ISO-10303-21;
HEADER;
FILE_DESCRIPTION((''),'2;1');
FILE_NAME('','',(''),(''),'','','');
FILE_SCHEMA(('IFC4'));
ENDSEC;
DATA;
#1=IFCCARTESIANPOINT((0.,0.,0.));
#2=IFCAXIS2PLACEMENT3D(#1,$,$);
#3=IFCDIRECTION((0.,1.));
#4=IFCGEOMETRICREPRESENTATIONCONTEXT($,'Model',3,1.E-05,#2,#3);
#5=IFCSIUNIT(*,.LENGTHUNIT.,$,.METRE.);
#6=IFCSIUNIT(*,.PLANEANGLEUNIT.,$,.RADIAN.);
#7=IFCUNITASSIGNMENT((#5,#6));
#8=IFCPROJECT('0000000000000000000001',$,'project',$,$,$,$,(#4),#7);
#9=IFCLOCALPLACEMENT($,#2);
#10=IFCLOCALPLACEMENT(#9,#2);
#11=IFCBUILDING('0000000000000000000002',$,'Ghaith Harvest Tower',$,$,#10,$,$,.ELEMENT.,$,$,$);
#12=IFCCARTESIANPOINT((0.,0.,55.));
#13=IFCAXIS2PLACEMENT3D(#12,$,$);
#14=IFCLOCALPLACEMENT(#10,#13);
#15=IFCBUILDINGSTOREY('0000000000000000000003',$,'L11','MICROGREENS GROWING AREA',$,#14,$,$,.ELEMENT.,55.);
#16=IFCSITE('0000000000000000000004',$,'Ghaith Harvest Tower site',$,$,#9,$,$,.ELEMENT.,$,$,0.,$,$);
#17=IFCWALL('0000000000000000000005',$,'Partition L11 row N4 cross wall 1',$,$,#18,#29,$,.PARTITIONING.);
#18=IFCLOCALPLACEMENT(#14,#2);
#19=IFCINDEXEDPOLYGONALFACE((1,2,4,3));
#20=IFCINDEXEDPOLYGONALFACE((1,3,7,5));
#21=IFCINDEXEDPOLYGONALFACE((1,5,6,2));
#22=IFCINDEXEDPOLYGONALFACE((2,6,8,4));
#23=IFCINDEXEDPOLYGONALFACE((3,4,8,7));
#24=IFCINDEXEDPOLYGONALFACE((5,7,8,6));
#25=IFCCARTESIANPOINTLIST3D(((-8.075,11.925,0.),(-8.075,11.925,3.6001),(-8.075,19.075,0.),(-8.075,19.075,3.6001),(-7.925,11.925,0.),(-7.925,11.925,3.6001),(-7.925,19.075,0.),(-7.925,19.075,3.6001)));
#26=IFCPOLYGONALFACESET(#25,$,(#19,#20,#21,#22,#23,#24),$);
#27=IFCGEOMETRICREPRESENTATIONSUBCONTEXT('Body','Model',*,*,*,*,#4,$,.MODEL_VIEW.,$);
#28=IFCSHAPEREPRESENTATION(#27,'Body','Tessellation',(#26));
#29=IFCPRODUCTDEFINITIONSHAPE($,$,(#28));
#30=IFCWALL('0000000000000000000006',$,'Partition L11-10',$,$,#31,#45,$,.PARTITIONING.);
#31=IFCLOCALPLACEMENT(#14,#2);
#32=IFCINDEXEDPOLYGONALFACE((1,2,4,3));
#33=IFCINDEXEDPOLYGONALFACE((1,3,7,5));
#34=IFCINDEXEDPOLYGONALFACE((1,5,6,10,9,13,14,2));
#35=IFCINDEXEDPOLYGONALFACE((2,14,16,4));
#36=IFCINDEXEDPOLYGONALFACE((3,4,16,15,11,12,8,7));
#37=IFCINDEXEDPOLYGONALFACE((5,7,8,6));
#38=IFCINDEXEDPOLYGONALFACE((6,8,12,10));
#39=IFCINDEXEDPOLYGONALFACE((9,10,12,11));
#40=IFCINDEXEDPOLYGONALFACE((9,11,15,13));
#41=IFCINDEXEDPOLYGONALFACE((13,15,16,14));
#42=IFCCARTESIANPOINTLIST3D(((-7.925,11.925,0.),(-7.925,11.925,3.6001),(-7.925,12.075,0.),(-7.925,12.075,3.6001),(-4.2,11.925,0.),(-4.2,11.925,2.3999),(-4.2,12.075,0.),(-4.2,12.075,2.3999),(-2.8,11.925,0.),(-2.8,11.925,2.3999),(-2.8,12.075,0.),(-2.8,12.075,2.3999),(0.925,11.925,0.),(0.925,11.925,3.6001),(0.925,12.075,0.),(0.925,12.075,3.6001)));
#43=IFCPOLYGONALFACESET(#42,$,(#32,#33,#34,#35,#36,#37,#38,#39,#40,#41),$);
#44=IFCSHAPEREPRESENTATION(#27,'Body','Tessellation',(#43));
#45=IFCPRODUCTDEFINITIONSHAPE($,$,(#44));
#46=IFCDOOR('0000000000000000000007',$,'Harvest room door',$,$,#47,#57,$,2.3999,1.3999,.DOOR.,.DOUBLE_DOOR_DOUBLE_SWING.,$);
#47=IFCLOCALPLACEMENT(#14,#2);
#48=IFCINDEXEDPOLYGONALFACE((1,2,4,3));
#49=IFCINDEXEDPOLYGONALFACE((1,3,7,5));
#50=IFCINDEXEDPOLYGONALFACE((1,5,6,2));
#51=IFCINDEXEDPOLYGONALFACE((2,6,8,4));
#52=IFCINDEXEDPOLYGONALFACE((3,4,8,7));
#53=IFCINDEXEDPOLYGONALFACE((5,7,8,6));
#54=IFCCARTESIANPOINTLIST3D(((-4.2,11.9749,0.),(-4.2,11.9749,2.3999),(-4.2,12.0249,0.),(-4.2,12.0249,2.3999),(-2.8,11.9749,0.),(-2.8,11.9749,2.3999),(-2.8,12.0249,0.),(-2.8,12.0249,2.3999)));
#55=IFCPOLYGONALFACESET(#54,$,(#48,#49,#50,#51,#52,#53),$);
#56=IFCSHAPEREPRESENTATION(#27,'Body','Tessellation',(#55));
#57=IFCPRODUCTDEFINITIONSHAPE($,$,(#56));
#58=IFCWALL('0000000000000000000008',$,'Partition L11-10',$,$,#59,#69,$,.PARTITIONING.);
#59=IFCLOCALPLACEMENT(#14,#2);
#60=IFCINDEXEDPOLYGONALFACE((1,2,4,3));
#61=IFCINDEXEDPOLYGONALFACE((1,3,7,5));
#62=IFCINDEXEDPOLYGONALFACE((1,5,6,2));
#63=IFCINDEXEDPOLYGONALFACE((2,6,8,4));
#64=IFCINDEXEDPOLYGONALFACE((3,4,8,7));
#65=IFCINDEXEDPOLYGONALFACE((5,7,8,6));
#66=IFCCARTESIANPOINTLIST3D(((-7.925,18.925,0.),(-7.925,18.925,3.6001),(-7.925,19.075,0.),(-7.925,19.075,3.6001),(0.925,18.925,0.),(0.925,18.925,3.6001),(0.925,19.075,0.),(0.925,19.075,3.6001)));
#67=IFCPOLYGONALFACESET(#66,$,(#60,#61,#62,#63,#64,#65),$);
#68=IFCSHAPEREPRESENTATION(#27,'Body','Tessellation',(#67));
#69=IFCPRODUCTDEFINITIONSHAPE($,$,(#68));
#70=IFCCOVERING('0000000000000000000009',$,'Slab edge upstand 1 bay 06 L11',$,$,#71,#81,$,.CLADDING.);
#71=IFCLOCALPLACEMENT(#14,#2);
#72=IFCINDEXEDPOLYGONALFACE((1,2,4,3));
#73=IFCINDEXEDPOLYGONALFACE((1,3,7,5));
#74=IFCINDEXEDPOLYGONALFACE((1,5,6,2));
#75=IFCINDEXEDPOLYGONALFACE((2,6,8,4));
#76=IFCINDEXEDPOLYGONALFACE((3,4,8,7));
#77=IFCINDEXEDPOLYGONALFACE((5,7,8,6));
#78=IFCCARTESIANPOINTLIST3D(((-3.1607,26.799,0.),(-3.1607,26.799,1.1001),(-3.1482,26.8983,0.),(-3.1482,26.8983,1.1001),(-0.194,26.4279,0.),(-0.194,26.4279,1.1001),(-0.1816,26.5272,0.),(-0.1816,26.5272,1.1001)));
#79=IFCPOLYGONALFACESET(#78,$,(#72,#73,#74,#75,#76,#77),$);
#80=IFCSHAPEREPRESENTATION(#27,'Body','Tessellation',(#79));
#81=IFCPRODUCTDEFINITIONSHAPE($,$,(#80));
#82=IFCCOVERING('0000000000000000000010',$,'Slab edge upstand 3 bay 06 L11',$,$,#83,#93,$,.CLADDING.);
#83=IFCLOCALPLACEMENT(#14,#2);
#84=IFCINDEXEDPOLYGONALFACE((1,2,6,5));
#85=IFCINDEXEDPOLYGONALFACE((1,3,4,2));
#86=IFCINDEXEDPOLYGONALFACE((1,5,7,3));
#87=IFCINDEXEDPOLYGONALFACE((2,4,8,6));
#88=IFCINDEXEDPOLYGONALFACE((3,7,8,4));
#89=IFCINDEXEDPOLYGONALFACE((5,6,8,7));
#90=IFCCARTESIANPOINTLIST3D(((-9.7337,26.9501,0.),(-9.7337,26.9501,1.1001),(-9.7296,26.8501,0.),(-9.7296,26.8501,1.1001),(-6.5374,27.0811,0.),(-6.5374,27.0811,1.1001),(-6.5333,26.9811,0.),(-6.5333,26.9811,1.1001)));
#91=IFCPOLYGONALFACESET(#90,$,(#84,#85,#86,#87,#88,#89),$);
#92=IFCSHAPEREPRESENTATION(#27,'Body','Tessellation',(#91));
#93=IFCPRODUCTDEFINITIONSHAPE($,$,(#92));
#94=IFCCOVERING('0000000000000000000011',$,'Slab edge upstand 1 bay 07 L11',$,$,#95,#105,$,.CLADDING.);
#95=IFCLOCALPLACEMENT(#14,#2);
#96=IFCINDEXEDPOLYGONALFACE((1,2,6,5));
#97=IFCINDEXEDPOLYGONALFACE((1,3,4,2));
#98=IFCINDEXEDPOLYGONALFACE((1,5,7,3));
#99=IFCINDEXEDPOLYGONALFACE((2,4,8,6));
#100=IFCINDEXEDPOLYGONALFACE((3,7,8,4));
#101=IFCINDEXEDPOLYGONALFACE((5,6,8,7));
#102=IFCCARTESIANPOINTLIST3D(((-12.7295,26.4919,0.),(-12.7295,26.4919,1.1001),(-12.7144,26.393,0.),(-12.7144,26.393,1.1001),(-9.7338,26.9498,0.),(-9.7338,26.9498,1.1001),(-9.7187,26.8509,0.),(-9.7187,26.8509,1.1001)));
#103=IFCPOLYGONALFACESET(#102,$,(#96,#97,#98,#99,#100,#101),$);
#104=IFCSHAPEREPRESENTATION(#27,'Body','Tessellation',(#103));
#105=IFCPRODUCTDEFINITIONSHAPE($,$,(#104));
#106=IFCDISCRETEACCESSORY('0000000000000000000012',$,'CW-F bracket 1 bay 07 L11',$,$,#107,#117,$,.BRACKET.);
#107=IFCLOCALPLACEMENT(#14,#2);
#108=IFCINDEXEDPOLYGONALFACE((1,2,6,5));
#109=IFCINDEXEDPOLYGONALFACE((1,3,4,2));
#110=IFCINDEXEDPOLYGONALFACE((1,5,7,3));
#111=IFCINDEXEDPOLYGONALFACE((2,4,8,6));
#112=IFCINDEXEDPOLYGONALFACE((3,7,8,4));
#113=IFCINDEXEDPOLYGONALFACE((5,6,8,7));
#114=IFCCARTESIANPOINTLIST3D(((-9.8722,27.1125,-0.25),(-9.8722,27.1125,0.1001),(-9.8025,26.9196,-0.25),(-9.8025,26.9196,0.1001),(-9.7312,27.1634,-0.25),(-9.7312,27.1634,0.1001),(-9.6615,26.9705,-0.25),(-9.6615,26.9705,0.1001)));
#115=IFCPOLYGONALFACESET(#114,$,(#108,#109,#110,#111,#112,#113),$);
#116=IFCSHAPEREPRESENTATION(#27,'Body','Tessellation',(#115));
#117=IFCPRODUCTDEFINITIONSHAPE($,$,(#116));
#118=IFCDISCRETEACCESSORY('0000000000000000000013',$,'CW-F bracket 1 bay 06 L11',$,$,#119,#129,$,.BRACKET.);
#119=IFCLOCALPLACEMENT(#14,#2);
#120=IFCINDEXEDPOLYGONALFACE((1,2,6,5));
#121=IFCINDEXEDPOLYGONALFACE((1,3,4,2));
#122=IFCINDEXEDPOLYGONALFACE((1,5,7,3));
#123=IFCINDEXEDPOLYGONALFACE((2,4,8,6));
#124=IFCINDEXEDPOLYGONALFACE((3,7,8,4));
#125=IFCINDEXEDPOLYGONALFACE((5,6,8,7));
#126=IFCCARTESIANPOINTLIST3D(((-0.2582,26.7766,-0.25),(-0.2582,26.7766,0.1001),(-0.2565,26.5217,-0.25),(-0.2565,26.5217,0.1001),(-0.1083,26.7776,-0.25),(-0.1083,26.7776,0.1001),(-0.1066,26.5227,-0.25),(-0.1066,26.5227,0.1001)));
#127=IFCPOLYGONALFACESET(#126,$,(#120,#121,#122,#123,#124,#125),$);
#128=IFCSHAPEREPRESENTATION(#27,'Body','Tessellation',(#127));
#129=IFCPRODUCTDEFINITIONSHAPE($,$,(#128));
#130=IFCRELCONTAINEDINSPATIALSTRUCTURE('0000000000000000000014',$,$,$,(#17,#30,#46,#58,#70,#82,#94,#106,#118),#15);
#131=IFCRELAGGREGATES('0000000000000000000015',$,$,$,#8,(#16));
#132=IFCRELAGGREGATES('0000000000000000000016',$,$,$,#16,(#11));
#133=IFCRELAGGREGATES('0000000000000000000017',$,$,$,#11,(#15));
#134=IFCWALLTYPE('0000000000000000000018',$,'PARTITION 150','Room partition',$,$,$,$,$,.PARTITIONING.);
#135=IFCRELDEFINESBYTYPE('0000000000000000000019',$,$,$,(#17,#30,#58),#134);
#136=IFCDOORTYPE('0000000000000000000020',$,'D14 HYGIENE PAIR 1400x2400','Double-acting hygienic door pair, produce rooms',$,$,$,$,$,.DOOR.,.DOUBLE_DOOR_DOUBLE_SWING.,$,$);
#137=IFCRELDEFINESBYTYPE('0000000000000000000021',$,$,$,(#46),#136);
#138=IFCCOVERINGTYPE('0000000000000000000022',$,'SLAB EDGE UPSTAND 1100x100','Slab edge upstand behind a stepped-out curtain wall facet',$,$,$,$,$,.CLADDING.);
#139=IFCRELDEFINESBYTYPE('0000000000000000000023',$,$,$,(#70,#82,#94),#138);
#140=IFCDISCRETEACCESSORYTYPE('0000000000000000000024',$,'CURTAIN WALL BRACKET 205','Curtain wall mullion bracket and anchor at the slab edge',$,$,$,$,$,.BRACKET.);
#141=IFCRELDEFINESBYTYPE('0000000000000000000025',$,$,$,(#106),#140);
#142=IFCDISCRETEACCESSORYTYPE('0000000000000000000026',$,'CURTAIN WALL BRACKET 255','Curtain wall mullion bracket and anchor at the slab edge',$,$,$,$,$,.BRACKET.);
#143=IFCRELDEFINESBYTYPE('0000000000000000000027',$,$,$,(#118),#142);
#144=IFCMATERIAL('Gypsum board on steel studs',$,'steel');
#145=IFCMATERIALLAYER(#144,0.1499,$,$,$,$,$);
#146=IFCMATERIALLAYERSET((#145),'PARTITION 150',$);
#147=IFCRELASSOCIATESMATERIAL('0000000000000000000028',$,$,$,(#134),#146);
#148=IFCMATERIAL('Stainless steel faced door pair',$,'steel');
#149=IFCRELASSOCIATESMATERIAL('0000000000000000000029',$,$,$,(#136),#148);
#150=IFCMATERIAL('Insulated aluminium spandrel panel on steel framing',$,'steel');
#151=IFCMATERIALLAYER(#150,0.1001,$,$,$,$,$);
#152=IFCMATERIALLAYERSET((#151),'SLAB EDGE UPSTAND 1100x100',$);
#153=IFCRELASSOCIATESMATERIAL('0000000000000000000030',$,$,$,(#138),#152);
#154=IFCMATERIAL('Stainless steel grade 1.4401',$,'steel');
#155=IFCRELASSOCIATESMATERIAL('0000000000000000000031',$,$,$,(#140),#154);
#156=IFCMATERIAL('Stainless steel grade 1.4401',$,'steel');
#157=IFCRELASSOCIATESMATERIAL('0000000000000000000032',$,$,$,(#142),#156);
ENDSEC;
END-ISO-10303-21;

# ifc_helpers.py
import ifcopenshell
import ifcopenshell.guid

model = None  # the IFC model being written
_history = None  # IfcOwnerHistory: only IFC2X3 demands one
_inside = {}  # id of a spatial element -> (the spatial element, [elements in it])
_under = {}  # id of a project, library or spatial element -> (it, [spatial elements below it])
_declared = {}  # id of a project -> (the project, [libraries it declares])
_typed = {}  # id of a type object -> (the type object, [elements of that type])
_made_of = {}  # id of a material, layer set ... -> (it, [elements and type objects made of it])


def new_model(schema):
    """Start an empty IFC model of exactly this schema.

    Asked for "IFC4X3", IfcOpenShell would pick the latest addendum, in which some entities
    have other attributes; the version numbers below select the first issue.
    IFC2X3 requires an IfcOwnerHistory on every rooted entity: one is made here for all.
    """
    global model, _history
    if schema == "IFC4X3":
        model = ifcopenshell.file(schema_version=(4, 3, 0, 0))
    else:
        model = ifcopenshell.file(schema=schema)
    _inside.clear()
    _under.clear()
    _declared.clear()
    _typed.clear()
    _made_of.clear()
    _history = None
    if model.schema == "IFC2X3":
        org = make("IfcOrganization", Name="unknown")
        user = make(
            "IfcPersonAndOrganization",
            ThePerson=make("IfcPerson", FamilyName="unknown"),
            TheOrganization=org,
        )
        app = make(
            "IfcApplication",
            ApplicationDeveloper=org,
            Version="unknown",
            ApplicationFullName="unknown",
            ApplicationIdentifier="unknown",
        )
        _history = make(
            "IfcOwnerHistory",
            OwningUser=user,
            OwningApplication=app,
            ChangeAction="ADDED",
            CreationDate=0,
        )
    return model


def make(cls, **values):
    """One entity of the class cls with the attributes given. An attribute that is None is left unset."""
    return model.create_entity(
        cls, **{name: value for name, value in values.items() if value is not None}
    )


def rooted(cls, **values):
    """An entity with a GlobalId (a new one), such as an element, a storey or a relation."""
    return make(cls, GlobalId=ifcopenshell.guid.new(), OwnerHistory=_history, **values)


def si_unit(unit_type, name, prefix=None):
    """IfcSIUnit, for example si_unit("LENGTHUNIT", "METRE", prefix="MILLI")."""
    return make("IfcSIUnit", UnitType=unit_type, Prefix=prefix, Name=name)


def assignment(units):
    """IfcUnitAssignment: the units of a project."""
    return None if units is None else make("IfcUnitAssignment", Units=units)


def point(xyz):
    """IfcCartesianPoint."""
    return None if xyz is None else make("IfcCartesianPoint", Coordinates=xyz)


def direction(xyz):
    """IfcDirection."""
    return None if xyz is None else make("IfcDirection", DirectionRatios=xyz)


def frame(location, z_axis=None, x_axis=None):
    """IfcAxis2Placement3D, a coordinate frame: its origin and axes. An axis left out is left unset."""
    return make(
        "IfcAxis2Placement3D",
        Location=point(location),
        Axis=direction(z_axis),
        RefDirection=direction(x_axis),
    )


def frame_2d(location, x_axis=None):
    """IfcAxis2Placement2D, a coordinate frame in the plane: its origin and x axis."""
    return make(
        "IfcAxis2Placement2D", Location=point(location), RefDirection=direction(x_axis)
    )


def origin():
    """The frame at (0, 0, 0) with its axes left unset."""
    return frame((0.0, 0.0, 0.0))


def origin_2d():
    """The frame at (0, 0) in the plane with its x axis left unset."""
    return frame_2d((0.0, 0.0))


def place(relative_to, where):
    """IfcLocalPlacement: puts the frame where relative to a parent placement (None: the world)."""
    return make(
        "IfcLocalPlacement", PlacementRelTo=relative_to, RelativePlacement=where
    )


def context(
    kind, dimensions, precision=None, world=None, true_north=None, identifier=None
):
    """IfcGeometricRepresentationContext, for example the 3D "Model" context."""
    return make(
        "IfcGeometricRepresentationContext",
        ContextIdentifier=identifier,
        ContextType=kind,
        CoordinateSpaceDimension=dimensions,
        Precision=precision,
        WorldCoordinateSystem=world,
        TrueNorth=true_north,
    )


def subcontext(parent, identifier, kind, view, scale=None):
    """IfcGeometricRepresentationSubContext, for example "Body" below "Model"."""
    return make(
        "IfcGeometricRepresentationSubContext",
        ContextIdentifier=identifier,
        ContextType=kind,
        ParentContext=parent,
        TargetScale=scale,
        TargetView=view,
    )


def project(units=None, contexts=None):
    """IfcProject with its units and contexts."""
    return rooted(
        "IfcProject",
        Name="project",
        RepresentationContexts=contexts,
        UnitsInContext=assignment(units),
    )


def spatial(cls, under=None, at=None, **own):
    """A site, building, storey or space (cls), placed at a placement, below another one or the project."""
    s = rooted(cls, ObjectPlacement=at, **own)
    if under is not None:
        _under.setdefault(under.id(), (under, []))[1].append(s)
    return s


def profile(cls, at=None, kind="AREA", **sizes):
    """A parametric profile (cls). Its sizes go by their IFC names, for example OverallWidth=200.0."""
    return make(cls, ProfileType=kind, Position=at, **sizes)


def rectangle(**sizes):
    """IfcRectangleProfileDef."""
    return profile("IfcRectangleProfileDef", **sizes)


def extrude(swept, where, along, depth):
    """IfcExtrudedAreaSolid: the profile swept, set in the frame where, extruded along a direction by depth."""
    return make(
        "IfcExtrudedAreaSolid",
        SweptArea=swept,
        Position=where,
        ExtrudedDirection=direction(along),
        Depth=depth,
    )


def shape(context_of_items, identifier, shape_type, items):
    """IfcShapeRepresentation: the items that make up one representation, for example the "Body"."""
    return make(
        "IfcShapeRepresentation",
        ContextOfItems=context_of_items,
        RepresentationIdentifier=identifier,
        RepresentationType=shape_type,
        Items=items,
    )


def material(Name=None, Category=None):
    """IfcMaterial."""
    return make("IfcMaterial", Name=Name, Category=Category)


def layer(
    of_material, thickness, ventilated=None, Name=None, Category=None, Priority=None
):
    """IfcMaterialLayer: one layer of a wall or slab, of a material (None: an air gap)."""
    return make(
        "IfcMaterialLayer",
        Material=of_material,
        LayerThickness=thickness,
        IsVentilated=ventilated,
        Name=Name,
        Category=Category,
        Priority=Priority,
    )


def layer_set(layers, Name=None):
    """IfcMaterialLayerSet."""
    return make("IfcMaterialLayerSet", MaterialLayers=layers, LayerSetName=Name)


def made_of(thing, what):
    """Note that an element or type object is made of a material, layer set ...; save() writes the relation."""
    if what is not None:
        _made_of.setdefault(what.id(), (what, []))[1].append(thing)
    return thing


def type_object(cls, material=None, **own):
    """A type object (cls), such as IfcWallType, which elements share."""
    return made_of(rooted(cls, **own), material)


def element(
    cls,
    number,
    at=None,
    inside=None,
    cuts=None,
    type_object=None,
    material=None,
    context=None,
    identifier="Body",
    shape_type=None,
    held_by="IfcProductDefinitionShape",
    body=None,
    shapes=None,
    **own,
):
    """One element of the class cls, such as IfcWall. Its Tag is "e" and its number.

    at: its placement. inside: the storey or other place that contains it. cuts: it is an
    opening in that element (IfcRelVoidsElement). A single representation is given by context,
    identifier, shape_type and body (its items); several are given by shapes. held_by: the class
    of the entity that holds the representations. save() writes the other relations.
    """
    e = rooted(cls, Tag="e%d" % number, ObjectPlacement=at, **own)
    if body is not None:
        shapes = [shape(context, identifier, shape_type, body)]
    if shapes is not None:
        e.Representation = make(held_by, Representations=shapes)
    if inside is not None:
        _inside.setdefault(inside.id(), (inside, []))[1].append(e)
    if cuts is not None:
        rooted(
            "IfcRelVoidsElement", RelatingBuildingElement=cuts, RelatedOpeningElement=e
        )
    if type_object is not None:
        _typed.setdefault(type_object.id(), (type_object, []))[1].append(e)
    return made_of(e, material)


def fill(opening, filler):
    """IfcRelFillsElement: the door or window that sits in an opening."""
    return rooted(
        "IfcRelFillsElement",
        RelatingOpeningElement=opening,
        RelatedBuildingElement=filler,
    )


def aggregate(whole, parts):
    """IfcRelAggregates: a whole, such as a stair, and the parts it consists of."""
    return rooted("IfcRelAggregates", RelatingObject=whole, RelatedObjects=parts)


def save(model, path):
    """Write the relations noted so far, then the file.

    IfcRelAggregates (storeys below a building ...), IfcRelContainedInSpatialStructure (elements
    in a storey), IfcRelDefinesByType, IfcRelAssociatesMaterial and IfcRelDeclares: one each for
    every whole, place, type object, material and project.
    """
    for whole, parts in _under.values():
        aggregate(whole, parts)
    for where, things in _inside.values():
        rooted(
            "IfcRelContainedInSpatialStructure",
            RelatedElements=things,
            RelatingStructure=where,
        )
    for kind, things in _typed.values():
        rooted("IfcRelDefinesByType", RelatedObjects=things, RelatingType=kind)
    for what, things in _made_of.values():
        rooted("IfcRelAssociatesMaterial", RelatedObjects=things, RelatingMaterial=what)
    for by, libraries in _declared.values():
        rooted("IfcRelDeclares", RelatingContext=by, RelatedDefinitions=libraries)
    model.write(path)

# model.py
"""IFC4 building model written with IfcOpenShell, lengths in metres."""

from ifc_helpers import new_model, si_unit, direction, frame, frame_2d, origin, origin_2d, place, context, subcontext, project, spatial, rectangle, extrude, material, layer, layer_set, type_object, element, fill, save


model = new_model("IFC4")

# Units and contexts
model_context = context("Model", 3, precision=1e-05, world=origin(), true_north=direction((0.0, 1.0)))
body_context = subcontext(model_context, "Body", "Model", "MODEL_VIEW")
ifc_project = project(units=[si_unit("LENGTHUNIT", "METRE"), si_unit("PLANEANGLEUNIT", "RADIAN")], contexts=[model_context])

# Site, building, storey
site_placement = place(None, origin())
site = spatial("IfcSite", under=ifc_project, at=site_placement, Name="Ghaith Harvest Tower site", CompositionType="ELEMENT", RefElevation=0.0)
building_placement = place(site_placement, origin())
building = spatial("IfcBuilding", under=site, at=building_placement, Name="Ghaith Harvest Tower", CompositionType="ELEMENT")
storey_placement = place(building_placement, frame((0.0, 0.0, 55.0)))
storey = spatial("IfcBuildingStorey", under=building, at=storey_placement, Name="L11", Description="MICROGREENS GROWING AREA", CompositionType="ELEMENT", Elevation=55.0)

# Wall
ifc_material_1 = material(Name="Gypsum board on steel studs", Category="steel")
ifc_layer_1 = layer(ifc_material_1, 0.1499)
ifc_layer_set_1 = layer_set([ifc_layer_1], Name="PARTITION 150")
wall_type = type_object("IfcWallType", Name="PARTITION 150", Description="Room partition", PredefinedType="PARTITIONING", material=ifc_layer_set_1)
wall_1_placement = place(storey_placement, frame((-8.0, 11.925, 0.0), z_axis=(0.0, 0.0, 1.0), x_axis=(0.0, 1.0, 0.0)))
element("IfcWall", 1, at=wall_1_placement, inside=storey, type_object=wall_type, Name="Partition L11 row N4 cross wall 1", PredefinedType="PARTITIONING", context=body_context, shape_type="SweptSolid", body=[
    extrude(rectangle(XDim=7.1499, YDim=0.1499, at=frame_2d((3.575, 0.0))), origin(), (0.0, 0.0, 1.0), 3.6001),
])

# Wall, opening, door
wall_2_placement = place(storey_placement, frame((-7.925, 12.0, 0.0), z_axis=(0.0, 0.0, 1.0), x_axis=(1.0, 0.0, 0.0)))
wall_2 = element("IfcWall", 2, at=wall_2_placement, inside=storey, type_object=wall_type, Name="Partition L11-10", PredefinedType="PARTITIONING", context=body_context, shape_type="SweptSolid", body=[
    extrude(rectangle(XDim=8.8501, YDim=0.1499, at=frame_2d((4.425, 0.0))), origin(), (0.0, 0.0, 1.0), 3.6001),
])
opening_placement = place(wall_2_placement, frame((3.7251, 0.0, 0.0)))
opening = element("IfcOpeningElement", 3, at=opening_placement, cuts=wall_2, PredefinedType="OPENING", context=body_context, shape_type="SweptSolid", body=[
    extrude(rectangle(XDim=1.3999, YDim=2.3999, at=frame_2d((0.7, 1.2))), frame((0.0, 0.085, 0.0), z_axis=(0.0, -1.0, 0.0), x_axis=(1.0, 0.0, 0.0)), (0.0, 0.0, 1.0), 0.1699),
])
ifc_material_2 = material(Name="Stainless steel faced door pair", Category="steel")
door_type = type_object("IfcDoorType", Name="D14 HYGIENE PAIR 1400x2400", Description="Double-acting hygienic door pair, produce rooms", OperationType="DOUBLE_DOOR_DOUBLE_SWING", PredefinedType="DOOR", material=ifc_material_2)
door_placement = place(opening_placement, origin())
door = element("IfcDoor", 4, at=door_placement, inside=storey, type_object=door_type, Name="Harvest room door", OperationType="DOUBLE_DOOR_DOUBLE_SWING", OverallHeight=2.3999, OverallWidth=1.3999, PredefinedType="DOOR", context=body_context, shape_type="SweptSolid", body=[
    extrude(rectangle(XDim=1.3999, YDim=2.3999, at=frame_2d((0.7, 1.2))), frame((0.0, 0.0249, 0.0), z_axis=(0.0, -1.0, 0.0), x_axis=(1.0, 0.0, 0.0)), (0.0, 0.0, 1.0), 0.05),
])
fill(opening, door)

# Wall
wall_3_placement = place(storey_placement, frame((-7.925, 19.0, 0.0), z_axis=(0.0, 0.0, 1.0), x_axis=(1.0, 0.0, 0.0)))
element("IfcWall", 5, at=wall_3_placement, inside=storey, type_object=wall_type, Name="Partition L11-10", PredefinedType="PARTITIONING", context=body_context, shape_type="SweptSolid", body=[
    extrude(rectangle(XDim=8.8501, YDim=0.1499, at=frame_2d((4.425, 0.0))), origin(), (0.0, 0.0, 1.0), 3.6001),
])

# Coverings
ifc_material_3 = material(Name="Insulated aluminium spandrel panel on steel framing", Category="steel")
ifc_layer_2 = layer(ifc_material_3, 0.1001)
ifc_layer_set_2 = layer_set([ifc_layer_2], Name="SLAB EDGE UPSTAND 1100x100")
covering_type = type_object("IfcCoveringType", Name="SLAB EDGE UPSTAND 1100x100", Description="Slab edge upstand behind a stepped-out curtain wall facet", PredefinedType="CLADDING", material=ifc_layer_set_2)
covering_1_placement = place(storey_placement, frame((-1.6711, 26.6631, 0.0), z_axis=(0.0, 0.0, 1.0), x_axis=(-0.992265, 0.124139, 0.0)))
element("IfcCovering", 6, at=covering_1_placement, inside=storey, type_object=covering_type, Name="Slab edge upstand 1 bay 06 L11", PredefinedType="CLADDING", context=body_context, shape_type="SweptSolid", body=[
    extrude(rectangle(XDim=2.9897, YDim=0.1001, at=origin_2d()), origin(), (0.0, 0.0, 1.0), 1.1001),
])
covering_2_placement = place(storey_placement, frame((-8.1335, 26.9656, 0.0), z_axis=(0.0, 0.0, 1.0), x_axis=(-0.999161, -0.040957, 0.0)))
element("IfcCovering", 7, at=covering_2_placement, inside=storey, type_object=covering_type, Name="Slab edge upstand 3 bay 06 L11", PredefinedType="CLADDING", context=body_context, shape_type="SweptSolid", body=[
    extrude(rectangle(XDim=3.199, YDim=0.1001, at=origin_2d()), origin(), (0.0, 0.0, 1.0), 1.1001),
])
covering_3_placement = place(storey_placement, frame((-11.2241, 26.6714, 0.0), z_axis=(0.0, 0.0, 1.0), x_axis=(-0.988518, -0.151104, 0.0)))
element("IfcCovering", 8, at=covering_3_placement, inside=storey, type_object=covering_type, Name="Slab edge upstand 1 bay 07 L11", PredefinedType="CLADDING", context=body_context, shape_type="SweptSolid", body=[
    extrude(rectangle(XDim=3.0305, YDim=0.1001, at=origin_2d()), origin(), (0.0, 0.0, 1.0), 1.1001),
])

# Discrete accessories
ifc_material_4 = material(Name="Stainless steel grade 1.4401", Category="steel")
discrete_accessory_type_1 = type_object("IfcDiscreteAccessoryType", Name="CURTAIN WALL BRACKET 205", Description="Curtain wall mullion bracket and anchor at the slab edge", PredefinedType="BRACKET", material=ifc_material_4)
discrete_accessory_1_placement = place(storey_placement, frame((-9.7668, 27.0415, -0.25), z_axis=(0.0, 0.0, 1.0), x_axis=(-0.339699, 0.940534, 0.0)))
element("IfcDiscreteAccessory", 9, at=discrete_accessory_1_placement, inside=storey, type_object=discrete_accessory_type_1, Name="CW-F bracket 1 bay 07 L11", PredefinedType="BRACKET", context=body_context, shape_type="SweptSolid", body=[
    extrude(rectangle(XDim=0.2051, YDim=0.1499, at=origin_2d()), origin(), (0.0, 0.0, 1.0), 0.3501),
])
ifc_material_5 = material(Name="Stainless steel grade 1.4401", Category="steel")
discrete_accessory_type_2 = type_object("IfcDiscreteAccessoryType", Name="CURTAIN WALL BRACKET 255", Description="Curtain wall mullion bracket and anchor at the slab edge", PredefinedType="BRACKET", material=ifc_material_5)
discrete_accessory_2_placement = place(storey_placement, frame((-0.1824, 26.6497, -0.25), z_axis=(0.0, 0.0, 1.0), x_axis=(-0.006844, 0.999977, 0.0)))
element("IfcDiscreteAccessory", 10, at=discrete_accessory_2_placement, inside=storey, type_object=discrete_accessory_type_2, Name="CW-F bracket 1 bay 06 L11", PredefinedType="BRACKET", context=body_context, shape_type="SweptSolid", body=[
    extrude(rectangle(XDim=0.2549, YDim=0.1499, at=origin_2d()), origin(), (0.0, 0.0, 1.0), 0.3501),
])

save(model, "model.ifc")
